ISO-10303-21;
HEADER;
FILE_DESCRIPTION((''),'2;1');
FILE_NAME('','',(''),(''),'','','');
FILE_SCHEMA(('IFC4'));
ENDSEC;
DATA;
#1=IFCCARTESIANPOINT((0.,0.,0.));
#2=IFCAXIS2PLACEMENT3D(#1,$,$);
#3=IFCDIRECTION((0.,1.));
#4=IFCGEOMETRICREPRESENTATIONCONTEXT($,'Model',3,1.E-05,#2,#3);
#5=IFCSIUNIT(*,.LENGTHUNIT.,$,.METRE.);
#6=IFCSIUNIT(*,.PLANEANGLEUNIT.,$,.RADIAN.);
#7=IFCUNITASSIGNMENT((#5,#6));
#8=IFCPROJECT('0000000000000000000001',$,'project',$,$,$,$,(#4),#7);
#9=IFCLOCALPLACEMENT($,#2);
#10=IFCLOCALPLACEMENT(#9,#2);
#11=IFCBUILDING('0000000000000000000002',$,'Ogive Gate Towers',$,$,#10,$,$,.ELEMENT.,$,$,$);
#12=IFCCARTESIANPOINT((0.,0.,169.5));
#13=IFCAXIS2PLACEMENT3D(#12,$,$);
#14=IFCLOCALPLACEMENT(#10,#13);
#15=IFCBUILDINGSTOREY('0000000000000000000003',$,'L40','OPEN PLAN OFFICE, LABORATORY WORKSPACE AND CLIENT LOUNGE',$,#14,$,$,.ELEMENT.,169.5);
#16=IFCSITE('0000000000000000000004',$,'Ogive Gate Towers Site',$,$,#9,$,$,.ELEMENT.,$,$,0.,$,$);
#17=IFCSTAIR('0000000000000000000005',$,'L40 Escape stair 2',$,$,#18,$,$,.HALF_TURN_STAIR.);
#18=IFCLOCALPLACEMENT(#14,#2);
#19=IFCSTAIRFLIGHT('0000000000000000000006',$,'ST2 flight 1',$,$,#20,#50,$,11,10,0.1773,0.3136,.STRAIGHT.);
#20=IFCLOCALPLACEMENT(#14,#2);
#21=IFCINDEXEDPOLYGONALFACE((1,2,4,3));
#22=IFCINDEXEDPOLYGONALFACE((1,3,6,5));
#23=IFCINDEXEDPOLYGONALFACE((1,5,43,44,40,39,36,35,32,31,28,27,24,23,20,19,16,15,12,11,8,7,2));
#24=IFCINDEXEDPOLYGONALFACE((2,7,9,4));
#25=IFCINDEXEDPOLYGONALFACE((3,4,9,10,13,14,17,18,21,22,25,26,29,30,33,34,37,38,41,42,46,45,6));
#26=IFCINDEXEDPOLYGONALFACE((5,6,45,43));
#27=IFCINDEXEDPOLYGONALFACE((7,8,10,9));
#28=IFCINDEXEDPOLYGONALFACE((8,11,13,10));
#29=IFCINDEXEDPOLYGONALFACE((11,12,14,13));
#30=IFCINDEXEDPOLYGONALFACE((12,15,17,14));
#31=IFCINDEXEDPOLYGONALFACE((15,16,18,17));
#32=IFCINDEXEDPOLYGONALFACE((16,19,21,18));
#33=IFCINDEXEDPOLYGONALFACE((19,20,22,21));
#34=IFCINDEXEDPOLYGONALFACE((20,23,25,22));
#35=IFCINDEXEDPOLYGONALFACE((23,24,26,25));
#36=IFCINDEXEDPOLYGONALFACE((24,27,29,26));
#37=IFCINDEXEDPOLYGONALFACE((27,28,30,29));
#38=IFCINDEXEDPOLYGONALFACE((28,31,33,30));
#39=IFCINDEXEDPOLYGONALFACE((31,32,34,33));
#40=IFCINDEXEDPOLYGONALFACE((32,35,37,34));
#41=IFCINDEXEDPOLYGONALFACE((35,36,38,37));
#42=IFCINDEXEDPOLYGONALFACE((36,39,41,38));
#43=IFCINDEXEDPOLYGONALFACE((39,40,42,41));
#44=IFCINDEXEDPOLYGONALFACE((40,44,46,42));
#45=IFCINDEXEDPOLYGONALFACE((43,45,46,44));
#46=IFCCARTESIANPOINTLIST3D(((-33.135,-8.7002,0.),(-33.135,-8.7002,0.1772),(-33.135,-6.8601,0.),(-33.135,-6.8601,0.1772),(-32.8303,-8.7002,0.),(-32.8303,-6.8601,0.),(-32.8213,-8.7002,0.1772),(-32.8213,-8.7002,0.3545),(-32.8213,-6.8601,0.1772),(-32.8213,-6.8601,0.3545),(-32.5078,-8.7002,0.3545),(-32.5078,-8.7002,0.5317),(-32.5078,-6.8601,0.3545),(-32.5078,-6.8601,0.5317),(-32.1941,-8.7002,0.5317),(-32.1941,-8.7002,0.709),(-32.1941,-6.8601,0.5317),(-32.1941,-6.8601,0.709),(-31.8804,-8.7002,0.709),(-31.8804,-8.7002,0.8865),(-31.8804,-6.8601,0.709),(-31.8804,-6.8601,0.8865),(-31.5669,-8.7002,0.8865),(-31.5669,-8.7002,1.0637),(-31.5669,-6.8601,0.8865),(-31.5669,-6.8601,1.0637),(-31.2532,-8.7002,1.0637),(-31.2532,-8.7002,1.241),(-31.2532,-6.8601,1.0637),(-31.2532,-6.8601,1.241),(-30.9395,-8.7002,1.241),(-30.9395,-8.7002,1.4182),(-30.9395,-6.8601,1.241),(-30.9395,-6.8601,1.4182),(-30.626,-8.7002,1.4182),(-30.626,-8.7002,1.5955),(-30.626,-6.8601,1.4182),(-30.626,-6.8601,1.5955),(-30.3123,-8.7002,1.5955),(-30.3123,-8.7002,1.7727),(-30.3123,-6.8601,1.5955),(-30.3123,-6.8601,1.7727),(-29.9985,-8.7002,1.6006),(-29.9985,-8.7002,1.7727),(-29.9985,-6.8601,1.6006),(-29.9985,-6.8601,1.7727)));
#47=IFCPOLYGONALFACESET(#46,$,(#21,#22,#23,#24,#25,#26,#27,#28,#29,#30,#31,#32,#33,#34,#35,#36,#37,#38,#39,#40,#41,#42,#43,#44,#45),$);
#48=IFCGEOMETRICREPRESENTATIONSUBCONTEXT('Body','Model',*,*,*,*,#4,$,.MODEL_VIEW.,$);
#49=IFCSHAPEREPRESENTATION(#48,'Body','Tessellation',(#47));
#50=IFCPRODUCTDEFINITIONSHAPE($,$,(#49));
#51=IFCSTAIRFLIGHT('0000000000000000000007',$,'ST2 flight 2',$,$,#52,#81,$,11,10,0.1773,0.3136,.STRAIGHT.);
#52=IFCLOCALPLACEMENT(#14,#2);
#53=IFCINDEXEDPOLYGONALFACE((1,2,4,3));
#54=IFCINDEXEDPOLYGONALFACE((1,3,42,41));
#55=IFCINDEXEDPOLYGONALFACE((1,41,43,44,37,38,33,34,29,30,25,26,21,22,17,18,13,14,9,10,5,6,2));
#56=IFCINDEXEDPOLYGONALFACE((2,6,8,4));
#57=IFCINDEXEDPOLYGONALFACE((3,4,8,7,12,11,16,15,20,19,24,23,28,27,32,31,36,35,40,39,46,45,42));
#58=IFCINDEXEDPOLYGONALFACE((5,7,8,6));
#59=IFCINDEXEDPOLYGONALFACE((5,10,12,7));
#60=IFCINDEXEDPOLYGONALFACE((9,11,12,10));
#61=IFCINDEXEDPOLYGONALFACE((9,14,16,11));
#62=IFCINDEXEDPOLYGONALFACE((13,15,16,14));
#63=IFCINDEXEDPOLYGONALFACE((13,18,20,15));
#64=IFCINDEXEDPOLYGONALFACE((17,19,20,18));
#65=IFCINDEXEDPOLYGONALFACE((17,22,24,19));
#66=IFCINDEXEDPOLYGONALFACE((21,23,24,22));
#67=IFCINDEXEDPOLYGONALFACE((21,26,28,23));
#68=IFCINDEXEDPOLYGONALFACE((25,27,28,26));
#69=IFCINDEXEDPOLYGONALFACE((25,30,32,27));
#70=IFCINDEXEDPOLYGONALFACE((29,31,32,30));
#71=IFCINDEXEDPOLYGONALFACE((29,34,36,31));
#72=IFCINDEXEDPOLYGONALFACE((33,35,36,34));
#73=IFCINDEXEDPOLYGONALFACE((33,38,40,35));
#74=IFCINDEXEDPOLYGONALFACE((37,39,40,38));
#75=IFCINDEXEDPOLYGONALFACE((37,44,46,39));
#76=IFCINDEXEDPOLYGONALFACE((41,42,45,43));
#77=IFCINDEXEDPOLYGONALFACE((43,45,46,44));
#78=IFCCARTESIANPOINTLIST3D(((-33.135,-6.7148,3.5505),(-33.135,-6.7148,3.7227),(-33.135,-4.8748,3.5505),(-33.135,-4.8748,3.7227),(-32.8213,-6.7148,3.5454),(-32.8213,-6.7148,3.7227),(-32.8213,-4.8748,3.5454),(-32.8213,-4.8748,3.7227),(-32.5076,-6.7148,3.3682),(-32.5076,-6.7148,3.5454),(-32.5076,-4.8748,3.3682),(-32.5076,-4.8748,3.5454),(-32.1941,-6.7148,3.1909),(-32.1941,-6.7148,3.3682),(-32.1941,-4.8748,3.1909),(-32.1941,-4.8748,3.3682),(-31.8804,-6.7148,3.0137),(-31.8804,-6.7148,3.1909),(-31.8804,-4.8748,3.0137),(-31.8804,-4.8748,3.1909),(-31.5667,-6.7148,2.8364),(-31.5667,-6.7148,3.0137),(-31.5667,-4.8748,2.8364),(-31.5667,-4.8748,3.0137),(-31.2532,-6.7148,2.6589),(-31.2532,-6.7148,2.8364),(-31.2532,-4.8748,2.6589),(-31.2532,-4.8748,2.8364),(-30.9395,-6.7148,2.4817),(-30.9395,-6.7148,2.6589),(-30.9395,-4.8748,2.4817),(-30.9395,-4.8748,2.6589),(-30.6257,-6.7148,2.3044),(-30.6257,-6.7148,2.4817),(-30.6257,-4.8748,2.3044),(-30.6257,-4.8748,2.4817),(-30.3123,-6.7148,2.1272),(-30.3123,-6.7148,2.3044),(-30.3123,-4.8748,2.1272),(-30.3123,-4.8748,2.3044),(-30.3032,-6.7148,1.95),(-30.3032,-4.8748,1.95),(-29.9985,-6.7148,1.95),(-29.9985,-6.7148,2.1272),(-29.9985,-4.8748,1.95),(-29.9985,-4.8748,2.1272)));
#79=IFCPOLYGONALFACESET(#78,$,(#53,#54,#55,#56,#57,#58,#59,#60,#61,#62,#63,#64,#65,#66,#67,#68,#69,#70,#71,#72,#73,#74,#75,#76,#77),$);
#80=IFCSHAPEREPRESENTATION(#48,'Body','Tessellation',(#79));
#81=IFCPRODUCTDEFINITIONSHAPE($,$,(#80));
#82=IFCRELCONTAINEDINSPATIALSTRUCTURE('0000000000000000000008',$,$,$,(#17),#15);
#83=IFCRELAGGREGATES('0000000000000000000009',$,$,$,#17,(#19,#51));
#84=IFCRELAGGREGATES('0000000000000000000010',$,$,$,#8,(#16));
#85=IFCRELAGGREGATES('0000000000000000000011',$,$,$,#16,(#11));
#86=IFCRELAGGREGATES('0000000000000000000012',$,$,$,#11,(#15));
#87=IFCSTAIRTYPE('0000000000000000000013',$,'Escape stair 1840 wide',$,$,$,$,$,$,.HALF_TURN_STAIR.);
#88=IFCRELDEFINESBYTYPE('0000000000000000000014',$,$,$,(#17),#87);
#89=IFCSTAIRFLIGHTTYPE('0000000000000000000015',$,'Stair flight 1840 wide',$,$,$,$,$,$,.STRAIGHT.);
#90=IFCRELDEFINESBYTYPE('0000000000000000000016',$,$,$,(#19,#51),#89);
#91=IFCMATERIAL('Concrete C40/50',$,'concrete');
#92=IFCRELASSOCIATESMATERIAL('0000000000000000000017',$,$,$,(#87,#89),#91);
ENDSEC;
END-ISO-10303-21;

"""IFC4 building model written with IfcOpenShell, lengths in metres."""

from ifc_helpers import new_model, si_unit, direction, frame, origin, place, context, subcontext, project, spatial, polyline, outline, extrude, material, type_object, element, aggregate, save


model = new_model("IFC4")

# Units and contexts
model_context = context("Model", 3, precision=1e-05, world=origin(), true_north=direction((0.0, 1.0)))
body_context = subcontext(model_context, "Body", "Model", "MODEL_VIEW")
ifc_project = project(units=[si_unit("LENGTHUNIT", "METRE"), si_unit("PLANEANGLEUNIT", "RADIAN")], contexts=[model_context])

# Site, building, storey
site_placement = place(None, origin())
site = spatial("IfcSite", under=ifc_project, at=site_placement, Name="Ogive Gate Towers Site", CompositionType="ELEMENT", RefElevation=0.0)
building_placement = place(site_placement, origin())
building = spatial("IfcBuilding", under=site, at=building_placement, Name="Ogive Gate Towers", CompositionType="ELEMENT")
storey_placement = place(building_placement, frame((0.0, 0.0, 169.5)))
storey = spatial("IfcBuildingStorey", under=building, at=storey_placement, Name="L40", Description="OPEN PLAN OFFICE, LABORATORY WORKSPACE AND CLIENT LOUNGE", CompositionType="ELEMENT", Elevation=169.5)

# Stair, stair flights
ifc_material_1 = material(Name="Concrete C40/50", Category="concrete")
stair_type = type_object("IfcStairType", Name="Escape stair 1840 wide", PredefinedType="HALF_TURN_STAIR", material=ifc_material_1)
stair_placement = place(storey_placement, origin())
stair = element("IfcStair", 1, at=stair_placement, inside=storey, type_object=stair_type, Name="L40 Escape stair 2", PredefinedType="HALF_TURN_STAIR")
stair_flight_type = type_object("IfcStairFlightType", Name="Stair flight 1840 wide", PredefinedType="STRAIGHT", material=ifc_material_1)
stair_flight_1_placement = place(storey_placement, frame((-33.135, -7.78, 0.0), z_axis=(0.0, 0.0, 1.0), x_axis=(1.0, 0.0, 0.0)))
stair_flight_1 = element("IfcStairFlight", 2, at=stair_flight_1_placement, type_object=stair_flight_type, Name="ST2 flight 1", NumberOfRisers=11, NumberOfTreads=10, PredefinedType="STRAIGHT", RiserHeight=0.1773, TreadLength=0.3136, context=body_context, shape_type="SweptSolid", body=[
    extrude(outline(polyline([(0.0, 0.0), (0.0, 0.1772), (0.3137, 0.1772), (0.3137, 0.3545), (0.6272, 0.3545), (0.6272, 0.5317), (0.9409, 0.5317), (0.9409, 0.709), (1.2546, 0.709), (1.2546, 0.8865), (1.5681, 0.8865), (1.5681, 1.0637), (1.8818, 1.0637), (1.8818, 1.241), (2.1956, 1.241), (2.1956, 1.4182), (2.509, 1.4182), (2.509, 1.5955), (2.8228, 1.5955), (2.8228, 1.7727), (3.1365, 1.7727), (3.1365, 1.95), (3.1365, 1.6006), (0.3047, 0.0), (0.0, 0.0)])), frame((0.0, 0.9199, 0.0), z_axis=(0.0, -1.0, 0.0), x_axis=(1.0, 0.0, 0.0)), (0.0, 0.0, 1.0), 1.8401),
])
stair_flight_2_placement = place(storey_placement, frame((-29.9985, -5.7949, 1.95), z_axis=(0.0, 0.0, 1.0), x_axis=(-1.0, 0.0, 0.0)))
stair_flight_2 = element("IfcStairFlight", 3, at=stair_flight_2_placement, type_object=stair_flight_type, Name="ST2 flight 2", NumberOfRisers=11, NumberOfTreads=10, PredefinedType="STRAIGHT", RiserHeight=0.1773, TreadLength=0.3136, context=body_context, shape_type="SweptSolid", body=[
    extrude(outline(polyline([(0.0, 0.0), (0.0, 0.1772), (0.3137, 0.1772), (0.3137, 0.3545), (0.6272, 0.3545), (0.6272, 0.5317), (0.9409, 0.5317), (0.9409, 0.709), (1.2546, 0.709), (1.2546, 0.8865), (1.5681, 0.8865), (1.5681, 1.0637), (1.8818, 1.0637), (1.8818, 1.241), (2.1956, 1.241), (2.1956, 1.4182), (2.509, 1.4182), (2.509, 1.5955), (2.8228, 1.5955), (2.8228, 1.7727), (3.1365, 1.7727), (3.1365, 1.95), (3.1365, 1.6006), (0.3047, 0.0), (0.0, 0.0)])), frame((0.0, 0.9199, 0.0), z_axis=(0.0, -1.0, 0.0), x_axis=(1.0, 0.0, 0.0)), (0.0, 0.0, 1.0), 1.8401),
])
aggregate(stair, [stair_flight_1, stair_flight_2])

save(model, "model.ifc")
